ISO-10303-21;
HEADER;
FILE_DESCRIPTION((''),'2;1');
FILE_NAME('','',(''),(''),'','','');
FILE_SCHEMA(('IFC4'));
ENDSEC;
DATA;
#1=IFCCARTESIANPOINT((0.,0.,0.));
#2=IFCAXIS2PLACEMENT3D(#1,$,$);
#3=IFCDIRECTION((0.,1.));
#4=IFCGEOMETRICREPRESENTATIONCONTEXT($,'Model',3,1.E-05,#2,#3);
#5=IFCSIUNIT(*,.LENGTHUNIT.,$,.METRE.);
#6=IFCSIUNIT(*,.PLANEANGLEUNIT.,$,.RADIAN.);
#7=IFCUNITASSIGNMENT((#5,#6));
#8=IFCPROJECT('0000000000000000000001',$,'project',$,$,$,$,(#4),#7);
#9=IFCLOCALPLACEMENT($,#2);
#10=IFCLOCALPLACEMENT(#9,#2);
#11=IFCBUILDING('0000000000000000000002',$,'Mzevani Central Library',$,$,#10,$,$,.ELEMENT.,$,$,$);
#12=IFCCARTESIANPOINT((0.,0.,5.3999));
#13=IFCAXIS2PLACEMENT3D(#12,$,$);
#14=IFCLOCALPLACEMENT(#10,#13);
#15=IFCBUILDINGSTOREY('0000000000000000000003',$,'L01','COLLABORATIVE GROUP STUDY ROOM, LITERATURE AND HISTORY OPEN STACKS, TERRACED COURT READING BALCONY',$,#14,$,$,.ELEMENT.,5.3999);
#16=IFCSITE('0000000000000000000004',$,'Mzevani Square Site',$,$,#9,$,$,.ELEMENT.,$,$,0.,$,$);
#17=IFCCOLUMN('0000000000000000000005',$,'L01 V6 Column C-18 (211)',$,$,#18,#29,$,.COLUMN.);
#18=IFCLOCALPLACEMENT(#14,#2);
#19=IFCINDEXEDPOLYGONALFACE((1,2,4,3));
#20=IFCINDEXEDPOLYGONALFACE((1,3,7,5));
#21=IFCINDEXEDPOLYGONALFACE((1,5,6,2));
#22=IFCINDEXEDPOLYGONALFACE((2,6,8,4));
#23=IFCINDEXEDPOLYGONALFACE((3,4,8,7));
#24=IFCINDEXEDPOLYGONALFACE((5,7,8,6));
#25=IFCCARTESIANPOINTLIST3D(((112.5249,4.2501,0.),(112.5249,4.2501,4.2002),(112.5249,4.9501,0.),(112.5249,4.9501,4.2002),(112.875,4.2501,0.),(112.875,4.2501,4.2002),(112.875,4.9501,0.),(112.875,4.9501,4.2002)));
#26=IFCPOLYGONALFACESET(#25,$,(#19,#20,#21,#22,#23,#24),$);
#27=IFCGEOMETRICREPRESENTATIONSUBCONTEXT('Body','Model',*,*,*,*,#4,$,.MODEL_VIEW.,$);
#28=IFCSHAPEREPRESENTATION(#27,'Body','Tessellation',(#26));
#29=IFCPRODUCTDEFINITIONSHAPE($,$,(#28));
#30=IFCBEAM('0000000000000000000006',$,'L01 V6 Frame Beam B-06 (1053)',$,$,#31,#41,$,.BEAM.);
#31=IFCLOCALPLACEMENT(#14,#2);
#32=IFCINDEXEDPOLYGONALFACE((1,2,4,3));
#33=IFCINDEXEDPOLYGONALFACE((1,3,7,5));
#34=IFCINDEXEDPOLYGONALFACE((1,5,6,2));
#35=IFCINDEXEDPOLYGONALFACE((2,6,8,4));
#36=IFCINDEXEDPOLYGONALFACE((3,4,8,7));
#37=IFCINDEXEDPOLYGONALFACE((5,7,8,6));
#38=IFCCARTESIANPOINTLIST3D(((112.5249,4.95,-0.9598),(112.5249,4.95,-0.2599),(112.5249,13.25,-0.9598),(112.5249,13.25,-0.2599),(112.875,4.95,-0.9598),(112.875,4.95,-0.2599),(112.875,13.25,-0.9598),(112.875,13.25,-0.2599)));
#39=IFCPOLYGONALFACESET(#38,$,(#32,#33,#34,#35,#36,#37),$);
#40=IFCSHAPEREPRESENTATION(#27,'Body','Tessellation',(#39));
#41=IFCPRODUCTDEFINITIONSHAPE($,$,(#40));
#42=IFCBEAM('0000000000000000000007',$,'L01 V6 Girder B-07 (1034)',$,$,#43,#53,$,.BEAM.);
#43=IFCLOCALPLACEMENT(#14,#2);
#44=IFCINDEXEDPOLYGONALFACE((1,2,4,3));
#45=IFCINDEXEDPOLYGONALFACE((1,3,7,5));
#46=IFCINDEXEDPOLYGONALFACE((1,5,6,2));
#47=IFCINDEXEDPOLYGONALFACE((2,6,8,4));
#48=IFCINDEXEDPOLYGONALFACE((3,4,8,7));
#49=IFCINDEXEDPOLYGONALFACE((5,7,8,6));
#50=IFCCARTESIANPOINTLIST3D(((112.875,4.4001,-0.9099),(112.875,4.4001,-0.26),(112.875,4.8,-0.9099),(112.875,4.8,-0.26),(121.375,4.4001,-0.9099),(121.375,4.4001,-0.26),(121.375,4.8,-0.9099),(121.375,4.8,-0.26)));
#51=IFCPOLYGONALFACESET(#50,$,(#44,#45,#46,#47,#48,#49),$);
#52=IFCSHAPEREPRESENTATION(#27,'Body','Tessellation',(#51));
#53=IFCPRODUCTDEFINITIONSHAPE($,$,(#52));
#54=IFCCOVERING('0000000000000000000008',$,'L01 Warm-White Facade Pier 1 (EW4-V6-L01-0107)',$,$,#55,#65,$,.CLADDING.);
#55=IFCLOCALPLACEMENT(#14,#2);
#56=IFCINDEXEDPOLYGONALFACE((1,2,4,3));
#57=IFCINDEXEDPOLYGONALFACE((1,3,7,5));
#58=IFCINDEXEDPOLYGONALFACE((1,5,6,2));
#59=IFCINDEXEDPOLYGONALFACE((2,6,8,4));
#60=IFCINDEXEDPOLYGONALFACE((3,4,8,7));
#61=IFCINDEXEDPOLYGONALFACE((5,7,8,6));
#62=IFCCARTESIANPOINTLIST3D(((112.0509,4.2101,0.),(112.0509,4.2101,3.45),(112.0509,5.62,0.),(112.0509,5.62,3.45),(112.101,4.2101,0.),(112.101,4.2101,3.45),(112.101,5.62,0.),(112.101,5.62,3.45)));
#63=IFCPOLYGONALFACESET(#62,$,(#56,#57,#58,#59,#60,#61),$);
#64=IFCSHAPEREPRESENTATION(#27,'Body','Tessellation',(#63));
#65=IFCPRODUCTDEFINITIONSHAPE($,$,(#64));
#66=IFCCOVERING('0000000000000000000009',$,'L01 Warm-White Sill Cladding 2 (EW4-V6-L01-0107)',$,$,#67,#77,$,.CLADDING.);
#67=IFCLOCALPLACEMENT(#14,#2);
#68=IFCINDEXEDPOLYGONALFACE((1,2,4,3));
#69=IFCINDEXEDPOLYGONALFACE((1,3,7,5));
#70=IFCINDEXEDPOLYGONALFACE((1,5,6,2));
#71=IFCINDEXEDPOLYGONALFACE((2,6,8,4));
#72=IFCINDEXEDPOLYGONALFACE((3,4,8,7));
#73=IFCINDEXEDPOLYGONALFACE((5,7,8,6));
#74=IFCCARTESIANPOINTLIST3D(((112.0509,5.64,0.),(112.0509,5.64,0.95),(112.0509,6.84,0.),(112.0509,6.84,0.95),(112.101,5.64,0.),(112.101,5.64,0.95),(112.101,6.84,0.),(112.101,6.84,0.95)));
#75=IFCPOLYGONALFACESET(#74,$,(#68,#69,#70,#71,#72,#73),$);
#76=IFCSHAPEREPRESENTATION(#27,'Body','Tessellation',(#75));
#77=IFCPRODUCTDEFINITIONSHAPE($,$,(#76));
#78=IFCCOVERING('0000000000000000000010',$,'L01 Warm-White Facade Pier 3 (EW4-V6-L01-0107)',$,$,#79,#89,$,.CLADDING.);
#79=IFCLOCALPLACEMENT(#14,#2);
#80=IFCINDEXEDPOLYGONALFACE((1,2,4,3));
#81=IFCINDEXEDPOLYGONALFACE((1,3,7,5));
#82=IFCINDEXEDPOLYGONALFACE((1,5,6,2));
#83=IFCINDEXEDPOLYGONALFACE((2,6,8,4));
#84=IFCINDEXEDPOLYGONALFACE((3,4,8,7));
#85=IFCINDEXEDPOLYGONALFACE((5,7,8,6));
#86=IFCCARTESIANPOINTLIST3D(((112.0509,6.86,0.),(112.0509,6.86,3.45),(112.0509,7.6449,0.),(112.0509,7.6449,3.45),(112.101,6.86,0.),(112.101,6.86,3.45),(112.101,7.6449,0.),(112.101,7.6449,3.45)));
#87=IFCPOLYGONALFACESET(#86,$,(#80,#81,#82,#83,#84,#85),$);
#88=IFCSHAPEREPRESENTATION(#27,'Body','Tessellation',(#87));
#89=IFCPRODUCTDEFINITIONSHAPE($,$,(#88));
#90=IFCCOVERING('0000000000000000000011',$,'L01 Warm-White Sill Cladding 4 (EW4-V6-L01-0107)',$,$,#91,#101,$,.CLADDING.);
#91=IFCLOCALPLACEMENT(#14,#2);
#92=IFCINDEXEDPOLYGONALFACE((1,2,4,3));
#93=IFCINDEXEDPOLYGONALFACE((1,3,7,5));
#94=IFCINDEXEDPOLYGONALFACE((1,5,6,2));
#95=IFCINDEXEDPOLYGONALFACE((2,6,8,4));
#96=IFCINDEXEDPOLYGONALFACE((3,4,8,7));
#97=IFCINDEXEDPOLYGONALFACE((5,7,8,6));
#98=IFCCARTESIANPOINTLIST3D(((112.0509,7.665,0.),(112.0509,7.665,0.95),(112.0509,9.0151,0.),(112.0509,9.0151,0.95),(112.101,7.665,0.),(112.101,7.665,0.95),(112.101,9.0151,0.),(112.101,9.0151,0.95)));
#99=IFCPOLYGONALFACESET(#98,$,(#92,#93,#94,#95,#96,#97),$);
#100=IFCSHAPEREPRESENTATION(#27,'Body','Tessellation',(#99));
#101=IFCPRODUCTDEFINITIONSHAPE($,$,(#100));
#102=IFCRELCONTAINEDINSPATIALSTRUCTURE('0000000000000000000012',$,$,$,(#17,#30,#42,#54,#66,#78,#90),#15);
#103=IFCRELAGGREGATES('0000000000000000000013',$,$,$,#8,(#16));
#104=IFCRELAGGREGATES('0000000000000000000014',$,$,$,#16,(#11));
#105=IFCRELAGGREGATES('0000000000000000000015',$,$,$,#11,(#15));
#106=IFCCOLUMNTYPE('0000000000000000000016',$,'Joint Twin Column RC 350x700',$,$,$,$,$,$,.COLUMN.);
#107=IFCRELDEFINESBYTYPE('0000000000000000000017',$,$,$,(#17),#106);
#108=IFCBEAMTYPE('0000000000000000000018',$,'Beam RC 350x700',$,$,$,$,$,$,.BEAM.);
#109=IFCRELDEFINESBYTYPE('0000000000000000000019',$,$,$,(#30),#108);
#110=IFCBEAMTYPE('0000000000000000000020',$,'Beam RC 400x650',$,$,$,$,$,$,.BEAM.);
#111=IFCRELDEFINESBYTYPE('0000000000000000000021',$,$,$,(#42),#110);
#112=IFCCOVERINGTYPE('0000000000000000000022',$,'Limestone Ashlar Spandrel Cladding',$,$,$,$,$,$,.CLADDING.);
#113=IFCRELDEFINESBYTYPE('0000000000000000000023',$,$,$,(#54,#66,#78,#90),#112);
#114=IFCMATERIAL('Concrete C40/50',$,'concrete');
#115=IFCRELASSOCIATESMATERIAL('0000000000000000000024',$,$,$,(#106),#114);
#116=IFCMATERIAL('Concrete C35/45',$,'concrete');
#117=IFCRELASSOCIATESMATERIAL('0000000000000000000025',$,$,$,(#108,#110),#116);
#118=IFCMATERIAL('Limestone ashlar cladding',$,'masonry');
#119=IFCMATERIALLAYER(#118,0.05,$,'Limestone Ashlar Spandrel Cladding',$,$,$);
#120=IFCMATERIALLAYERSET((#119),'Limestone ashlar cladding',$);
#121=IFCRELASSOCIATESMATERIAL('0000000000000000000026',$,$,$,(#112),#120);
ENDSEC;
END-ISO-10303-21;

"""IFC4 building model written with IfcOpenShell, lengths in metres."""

from ifc_helpers import new_model, si_unit, direction, frame, origin, origin_2d, place, context, subcontext, project, spatial, rectangle, extrude, material, layer, layer_set, material_profile, profile_set, type_object, element, save


model = new_model("IFC4")

# Units and contexts
model_context = context("Model", 3, precision=1e-05, world=origin(), true_north=direction((0.0, 1.0)))
body_context = subcontext(model_context, "Body", "Model", "MODEL_VIEW")
ifc_project = project(units=[si_unit("LENGTHUNIT", "METRE"), si_unit("PLANEANGLEUNIT", "RADIAN")], contexts=[model_context])

# Site, building, storey
site_placement = place(None, origin())
site = spatial("IfcSite", under=ifc_project, at=site_placement, Name="Mzevani Square Site", CompositionType="ELEMENT", RefElevation=0.0)
building_placement = place(site_placement, origin())
building = spatial("IfcBuilding", under=site, at=building_placement, Name="Mzevani Central Library", CompositionType="ELEMENT")
storey_placement = place(building_placement, frame((0.0, 0.0, 5.3999)))
storey = spatial("IfcBuildingStorey", under=building, at=storey_placement, Name="L01", Description="COLLABORATIVE GROUP STUDY ROOM, LITERATURE AND HISTORY OPEN STACKS, TERRACED COURT READING BALCONY", CompositionType="ELEMENT", Elevation=5.3999)

# Column
ifc_material_1 = material(Name="Concrete C40/50", Category="concrete")
ifc_material_profile_1 = material_profile(ifc_material_1, rectangle(XDim=0.3501, YDim=0.7, at=origin_2d()), Name="RC 350x700")
ifc_profile_set_1 = profile_set([ifc_material_profile_1], Name="Concrete C40/50")
column_type = type_object("IfcColumnType", Name="Joint Twin Column RC 350x700", PredefinedType="COLUMN", material=ifc_profile_set_1)
column_placement = place(storey_placement, frame((112.7, 4.6001, 0.0), z_axis=(0.0, 0.0, 1.0), x_axis=(1.0, 0.0, 0.0)))
element("IfcColumn", 1, at=column_placement, inside=storey, type_object=column_type, Name="L01 V6 Column C-18 (211)", PredefinedType="COLUMN", context=body_context, shape_type="SweptSolid", body=[
    extrude(rectangle(XDim=0.3501, YDim=0.7, at=origin_2d()), origin(), (0.0, 0.0, 1.0), 4.2002),
])

# Beams
ifc_material_2 = material(Name="Concrete C35/45", Category="concrete")
ifc_material_profile_2 = material_profile(ifc_material_2, rectangle(XDim=0.3501, YDim=0.7, at=origin_2d()), Name="RC B350x700")
ifc_profile_set_2 = profile_set([ifc_material_profile_2], Name="Concrete C35/45")
beam_type_1 = type_object("IfcBeamType", Name="Beam RC 350x700", PredefinedType="BEAM", material=ifc_profile_set_2)
beam_1_placement = place(storey_placement, frame((112.7, 4.95, -0.6099), z_axis=(0.0, 1.0, 0.0), x_axis=(-1.0, 0.0, 0.0)))
element("IfcBeam", 2, at=beam_1_placement, inside=storey, type_object=beam_type_1, Name="L01 V6 Frame Beam B-06 (1053)", PredefinedType="BEAM", context=body_context, shape_type="SweptSolid", body=[
    extrude(rectangle(XDim=0.3501, YDim=0.7, at=origin_2d()), origin(), (0.0, 0.0, 1.0), 8.3),
])
ifc_material_profile_3 = material_profile(ifc_material_2, rectangle(XDim=0.3999, YDim=0.6499, at=origin_2d()), Name="RC B400x650")
ifc_profile_set_3 = profile_set([ifc_material_profile_3], Name="Concrete C35/45")
beam_type_2 = type_object("IfcBeamType", Name="Beam RC 400x650", PredefinedType="BEAM", material=ifc_profile_set_3)
beam_2_placement = place(storey_placement, frame((112.875, 4.6001, -0.585), z_axis=(1.0, 0.0, 0.0), x_axis=(0.0, 1.0, 0.0)))
element("IfcBeam", 3, at=beam_2_placement, inside=storey, type_object=beam_type_2, Name="L01 V6 Girder B-07 (1034)", PredefinedType="BEAM", context=body_context, shape_type="SweptSolid", body=[
    extrude(rectangle(XDim=0.3999, YDim=0.6499, at=origin_2d()), origin(), (0.0, 0.0, 1.0), 8.5),
])

# Coverings
ifc_material_3 = material(Name="Limestone ashlar cladding", Category="masonry")
ifc_layer_1 = layer(ifc_material_3, 0.05, Name="Limestone Ashlar Spandrel Cladding")
ifc_layer_set_1 = layer_set([ifc_layer_1], Name="Limestone ashlar cladding")
covering_type = type_object("IfcCoveringType", Name="Limestone Ashlar Spandrel Cladding", PredefinedType="CLADDING", material=ifc_layer_set_1)
covering_1_placement = place(storey_placement, frame((112.0759, 4.915, 0.0), z_axis=(0.0, 0.0, 1.0), x_axis=(0.0, 1.0, 0.0)))
element("IfcCovering", 4, at=covering_1_placement, inside=storey, type_object=covering_type, Name="L01 Warm-White Facade Pier 1 (EW4-V6-L01-0107)", PredefinedType="CLADDING", context=body_context, shape_type="SweptSolid", body=[
    extrude(rectangle(XDim=1.4099, YDim=0.05, at=origin_2d()), origin(), (0.0, 0.0, 1.0), 3.45),
])
covering_2_placement = place(storey_placement, frame((112.0759, 6.24, 0.0), z_axis=(0.0, 0.0, 1.0), x_axis=(0.0, 1.0, 0.0)))
element("IfcCovering", 5, at=covering_2_placement, inside=storey, type_object=covering_type, Name="L01 Warm-White Sill Cladding 2 (EW4-V6-L01-0107)", PredefinedType="CLADDING", context=body_context, shape_type="SweptSolid", body=[
    extrude(rectangle(XDim=1.2, YDim=0.05, at=origin_2d()), origin(), (0.0, 0.0, 1.0), 0.95),
])
covering_3_placement = place(storey_placement, frame((112.0759, 7.2524, 0.0), z_axis=(0.0, 0.0, 1.0), x_axis=(0.0, 1.0, 0.0)))
element("IfcCovering", 6, at=covering_3_placement, inside=storey, type_object=covering_type, Name="L01 Warm-White Facade Pier 3 (EW4-V6-L01-0107)", PredefinedType="CLADDING", context=body_context, shape_type="SweptSolid", body=[
    extrude(rectangle(XDim=0.7849, YDim=0.05, at=origin_2d()), origin(), (0.0, 0.0, 1.0), 3.45),
])
covering_4_placement = place(storey_placement, frame((112.0759, 8.3401, 0.0), z_axis=(0.0, 0.0, 1.0), x_axis=(0.0, 1.0, 0.0)))
element("IfcCovering", 7, at=covering_4_placement, inside=storey, type_object=covering_type, Name="L01 Warm-White Sill Cladding 4 (EW4-V6-L01-0107)", PredefinedType="CLADDING", context=body_context, shape_type="SweptSolid", body=[
    extrude(rectangle(XDim=1.3501, YDim=0.05, at=origin_2d()), origin(), (0.0, 0.0, 1.0), 0.95),
])

save(model, "model.ifc")
